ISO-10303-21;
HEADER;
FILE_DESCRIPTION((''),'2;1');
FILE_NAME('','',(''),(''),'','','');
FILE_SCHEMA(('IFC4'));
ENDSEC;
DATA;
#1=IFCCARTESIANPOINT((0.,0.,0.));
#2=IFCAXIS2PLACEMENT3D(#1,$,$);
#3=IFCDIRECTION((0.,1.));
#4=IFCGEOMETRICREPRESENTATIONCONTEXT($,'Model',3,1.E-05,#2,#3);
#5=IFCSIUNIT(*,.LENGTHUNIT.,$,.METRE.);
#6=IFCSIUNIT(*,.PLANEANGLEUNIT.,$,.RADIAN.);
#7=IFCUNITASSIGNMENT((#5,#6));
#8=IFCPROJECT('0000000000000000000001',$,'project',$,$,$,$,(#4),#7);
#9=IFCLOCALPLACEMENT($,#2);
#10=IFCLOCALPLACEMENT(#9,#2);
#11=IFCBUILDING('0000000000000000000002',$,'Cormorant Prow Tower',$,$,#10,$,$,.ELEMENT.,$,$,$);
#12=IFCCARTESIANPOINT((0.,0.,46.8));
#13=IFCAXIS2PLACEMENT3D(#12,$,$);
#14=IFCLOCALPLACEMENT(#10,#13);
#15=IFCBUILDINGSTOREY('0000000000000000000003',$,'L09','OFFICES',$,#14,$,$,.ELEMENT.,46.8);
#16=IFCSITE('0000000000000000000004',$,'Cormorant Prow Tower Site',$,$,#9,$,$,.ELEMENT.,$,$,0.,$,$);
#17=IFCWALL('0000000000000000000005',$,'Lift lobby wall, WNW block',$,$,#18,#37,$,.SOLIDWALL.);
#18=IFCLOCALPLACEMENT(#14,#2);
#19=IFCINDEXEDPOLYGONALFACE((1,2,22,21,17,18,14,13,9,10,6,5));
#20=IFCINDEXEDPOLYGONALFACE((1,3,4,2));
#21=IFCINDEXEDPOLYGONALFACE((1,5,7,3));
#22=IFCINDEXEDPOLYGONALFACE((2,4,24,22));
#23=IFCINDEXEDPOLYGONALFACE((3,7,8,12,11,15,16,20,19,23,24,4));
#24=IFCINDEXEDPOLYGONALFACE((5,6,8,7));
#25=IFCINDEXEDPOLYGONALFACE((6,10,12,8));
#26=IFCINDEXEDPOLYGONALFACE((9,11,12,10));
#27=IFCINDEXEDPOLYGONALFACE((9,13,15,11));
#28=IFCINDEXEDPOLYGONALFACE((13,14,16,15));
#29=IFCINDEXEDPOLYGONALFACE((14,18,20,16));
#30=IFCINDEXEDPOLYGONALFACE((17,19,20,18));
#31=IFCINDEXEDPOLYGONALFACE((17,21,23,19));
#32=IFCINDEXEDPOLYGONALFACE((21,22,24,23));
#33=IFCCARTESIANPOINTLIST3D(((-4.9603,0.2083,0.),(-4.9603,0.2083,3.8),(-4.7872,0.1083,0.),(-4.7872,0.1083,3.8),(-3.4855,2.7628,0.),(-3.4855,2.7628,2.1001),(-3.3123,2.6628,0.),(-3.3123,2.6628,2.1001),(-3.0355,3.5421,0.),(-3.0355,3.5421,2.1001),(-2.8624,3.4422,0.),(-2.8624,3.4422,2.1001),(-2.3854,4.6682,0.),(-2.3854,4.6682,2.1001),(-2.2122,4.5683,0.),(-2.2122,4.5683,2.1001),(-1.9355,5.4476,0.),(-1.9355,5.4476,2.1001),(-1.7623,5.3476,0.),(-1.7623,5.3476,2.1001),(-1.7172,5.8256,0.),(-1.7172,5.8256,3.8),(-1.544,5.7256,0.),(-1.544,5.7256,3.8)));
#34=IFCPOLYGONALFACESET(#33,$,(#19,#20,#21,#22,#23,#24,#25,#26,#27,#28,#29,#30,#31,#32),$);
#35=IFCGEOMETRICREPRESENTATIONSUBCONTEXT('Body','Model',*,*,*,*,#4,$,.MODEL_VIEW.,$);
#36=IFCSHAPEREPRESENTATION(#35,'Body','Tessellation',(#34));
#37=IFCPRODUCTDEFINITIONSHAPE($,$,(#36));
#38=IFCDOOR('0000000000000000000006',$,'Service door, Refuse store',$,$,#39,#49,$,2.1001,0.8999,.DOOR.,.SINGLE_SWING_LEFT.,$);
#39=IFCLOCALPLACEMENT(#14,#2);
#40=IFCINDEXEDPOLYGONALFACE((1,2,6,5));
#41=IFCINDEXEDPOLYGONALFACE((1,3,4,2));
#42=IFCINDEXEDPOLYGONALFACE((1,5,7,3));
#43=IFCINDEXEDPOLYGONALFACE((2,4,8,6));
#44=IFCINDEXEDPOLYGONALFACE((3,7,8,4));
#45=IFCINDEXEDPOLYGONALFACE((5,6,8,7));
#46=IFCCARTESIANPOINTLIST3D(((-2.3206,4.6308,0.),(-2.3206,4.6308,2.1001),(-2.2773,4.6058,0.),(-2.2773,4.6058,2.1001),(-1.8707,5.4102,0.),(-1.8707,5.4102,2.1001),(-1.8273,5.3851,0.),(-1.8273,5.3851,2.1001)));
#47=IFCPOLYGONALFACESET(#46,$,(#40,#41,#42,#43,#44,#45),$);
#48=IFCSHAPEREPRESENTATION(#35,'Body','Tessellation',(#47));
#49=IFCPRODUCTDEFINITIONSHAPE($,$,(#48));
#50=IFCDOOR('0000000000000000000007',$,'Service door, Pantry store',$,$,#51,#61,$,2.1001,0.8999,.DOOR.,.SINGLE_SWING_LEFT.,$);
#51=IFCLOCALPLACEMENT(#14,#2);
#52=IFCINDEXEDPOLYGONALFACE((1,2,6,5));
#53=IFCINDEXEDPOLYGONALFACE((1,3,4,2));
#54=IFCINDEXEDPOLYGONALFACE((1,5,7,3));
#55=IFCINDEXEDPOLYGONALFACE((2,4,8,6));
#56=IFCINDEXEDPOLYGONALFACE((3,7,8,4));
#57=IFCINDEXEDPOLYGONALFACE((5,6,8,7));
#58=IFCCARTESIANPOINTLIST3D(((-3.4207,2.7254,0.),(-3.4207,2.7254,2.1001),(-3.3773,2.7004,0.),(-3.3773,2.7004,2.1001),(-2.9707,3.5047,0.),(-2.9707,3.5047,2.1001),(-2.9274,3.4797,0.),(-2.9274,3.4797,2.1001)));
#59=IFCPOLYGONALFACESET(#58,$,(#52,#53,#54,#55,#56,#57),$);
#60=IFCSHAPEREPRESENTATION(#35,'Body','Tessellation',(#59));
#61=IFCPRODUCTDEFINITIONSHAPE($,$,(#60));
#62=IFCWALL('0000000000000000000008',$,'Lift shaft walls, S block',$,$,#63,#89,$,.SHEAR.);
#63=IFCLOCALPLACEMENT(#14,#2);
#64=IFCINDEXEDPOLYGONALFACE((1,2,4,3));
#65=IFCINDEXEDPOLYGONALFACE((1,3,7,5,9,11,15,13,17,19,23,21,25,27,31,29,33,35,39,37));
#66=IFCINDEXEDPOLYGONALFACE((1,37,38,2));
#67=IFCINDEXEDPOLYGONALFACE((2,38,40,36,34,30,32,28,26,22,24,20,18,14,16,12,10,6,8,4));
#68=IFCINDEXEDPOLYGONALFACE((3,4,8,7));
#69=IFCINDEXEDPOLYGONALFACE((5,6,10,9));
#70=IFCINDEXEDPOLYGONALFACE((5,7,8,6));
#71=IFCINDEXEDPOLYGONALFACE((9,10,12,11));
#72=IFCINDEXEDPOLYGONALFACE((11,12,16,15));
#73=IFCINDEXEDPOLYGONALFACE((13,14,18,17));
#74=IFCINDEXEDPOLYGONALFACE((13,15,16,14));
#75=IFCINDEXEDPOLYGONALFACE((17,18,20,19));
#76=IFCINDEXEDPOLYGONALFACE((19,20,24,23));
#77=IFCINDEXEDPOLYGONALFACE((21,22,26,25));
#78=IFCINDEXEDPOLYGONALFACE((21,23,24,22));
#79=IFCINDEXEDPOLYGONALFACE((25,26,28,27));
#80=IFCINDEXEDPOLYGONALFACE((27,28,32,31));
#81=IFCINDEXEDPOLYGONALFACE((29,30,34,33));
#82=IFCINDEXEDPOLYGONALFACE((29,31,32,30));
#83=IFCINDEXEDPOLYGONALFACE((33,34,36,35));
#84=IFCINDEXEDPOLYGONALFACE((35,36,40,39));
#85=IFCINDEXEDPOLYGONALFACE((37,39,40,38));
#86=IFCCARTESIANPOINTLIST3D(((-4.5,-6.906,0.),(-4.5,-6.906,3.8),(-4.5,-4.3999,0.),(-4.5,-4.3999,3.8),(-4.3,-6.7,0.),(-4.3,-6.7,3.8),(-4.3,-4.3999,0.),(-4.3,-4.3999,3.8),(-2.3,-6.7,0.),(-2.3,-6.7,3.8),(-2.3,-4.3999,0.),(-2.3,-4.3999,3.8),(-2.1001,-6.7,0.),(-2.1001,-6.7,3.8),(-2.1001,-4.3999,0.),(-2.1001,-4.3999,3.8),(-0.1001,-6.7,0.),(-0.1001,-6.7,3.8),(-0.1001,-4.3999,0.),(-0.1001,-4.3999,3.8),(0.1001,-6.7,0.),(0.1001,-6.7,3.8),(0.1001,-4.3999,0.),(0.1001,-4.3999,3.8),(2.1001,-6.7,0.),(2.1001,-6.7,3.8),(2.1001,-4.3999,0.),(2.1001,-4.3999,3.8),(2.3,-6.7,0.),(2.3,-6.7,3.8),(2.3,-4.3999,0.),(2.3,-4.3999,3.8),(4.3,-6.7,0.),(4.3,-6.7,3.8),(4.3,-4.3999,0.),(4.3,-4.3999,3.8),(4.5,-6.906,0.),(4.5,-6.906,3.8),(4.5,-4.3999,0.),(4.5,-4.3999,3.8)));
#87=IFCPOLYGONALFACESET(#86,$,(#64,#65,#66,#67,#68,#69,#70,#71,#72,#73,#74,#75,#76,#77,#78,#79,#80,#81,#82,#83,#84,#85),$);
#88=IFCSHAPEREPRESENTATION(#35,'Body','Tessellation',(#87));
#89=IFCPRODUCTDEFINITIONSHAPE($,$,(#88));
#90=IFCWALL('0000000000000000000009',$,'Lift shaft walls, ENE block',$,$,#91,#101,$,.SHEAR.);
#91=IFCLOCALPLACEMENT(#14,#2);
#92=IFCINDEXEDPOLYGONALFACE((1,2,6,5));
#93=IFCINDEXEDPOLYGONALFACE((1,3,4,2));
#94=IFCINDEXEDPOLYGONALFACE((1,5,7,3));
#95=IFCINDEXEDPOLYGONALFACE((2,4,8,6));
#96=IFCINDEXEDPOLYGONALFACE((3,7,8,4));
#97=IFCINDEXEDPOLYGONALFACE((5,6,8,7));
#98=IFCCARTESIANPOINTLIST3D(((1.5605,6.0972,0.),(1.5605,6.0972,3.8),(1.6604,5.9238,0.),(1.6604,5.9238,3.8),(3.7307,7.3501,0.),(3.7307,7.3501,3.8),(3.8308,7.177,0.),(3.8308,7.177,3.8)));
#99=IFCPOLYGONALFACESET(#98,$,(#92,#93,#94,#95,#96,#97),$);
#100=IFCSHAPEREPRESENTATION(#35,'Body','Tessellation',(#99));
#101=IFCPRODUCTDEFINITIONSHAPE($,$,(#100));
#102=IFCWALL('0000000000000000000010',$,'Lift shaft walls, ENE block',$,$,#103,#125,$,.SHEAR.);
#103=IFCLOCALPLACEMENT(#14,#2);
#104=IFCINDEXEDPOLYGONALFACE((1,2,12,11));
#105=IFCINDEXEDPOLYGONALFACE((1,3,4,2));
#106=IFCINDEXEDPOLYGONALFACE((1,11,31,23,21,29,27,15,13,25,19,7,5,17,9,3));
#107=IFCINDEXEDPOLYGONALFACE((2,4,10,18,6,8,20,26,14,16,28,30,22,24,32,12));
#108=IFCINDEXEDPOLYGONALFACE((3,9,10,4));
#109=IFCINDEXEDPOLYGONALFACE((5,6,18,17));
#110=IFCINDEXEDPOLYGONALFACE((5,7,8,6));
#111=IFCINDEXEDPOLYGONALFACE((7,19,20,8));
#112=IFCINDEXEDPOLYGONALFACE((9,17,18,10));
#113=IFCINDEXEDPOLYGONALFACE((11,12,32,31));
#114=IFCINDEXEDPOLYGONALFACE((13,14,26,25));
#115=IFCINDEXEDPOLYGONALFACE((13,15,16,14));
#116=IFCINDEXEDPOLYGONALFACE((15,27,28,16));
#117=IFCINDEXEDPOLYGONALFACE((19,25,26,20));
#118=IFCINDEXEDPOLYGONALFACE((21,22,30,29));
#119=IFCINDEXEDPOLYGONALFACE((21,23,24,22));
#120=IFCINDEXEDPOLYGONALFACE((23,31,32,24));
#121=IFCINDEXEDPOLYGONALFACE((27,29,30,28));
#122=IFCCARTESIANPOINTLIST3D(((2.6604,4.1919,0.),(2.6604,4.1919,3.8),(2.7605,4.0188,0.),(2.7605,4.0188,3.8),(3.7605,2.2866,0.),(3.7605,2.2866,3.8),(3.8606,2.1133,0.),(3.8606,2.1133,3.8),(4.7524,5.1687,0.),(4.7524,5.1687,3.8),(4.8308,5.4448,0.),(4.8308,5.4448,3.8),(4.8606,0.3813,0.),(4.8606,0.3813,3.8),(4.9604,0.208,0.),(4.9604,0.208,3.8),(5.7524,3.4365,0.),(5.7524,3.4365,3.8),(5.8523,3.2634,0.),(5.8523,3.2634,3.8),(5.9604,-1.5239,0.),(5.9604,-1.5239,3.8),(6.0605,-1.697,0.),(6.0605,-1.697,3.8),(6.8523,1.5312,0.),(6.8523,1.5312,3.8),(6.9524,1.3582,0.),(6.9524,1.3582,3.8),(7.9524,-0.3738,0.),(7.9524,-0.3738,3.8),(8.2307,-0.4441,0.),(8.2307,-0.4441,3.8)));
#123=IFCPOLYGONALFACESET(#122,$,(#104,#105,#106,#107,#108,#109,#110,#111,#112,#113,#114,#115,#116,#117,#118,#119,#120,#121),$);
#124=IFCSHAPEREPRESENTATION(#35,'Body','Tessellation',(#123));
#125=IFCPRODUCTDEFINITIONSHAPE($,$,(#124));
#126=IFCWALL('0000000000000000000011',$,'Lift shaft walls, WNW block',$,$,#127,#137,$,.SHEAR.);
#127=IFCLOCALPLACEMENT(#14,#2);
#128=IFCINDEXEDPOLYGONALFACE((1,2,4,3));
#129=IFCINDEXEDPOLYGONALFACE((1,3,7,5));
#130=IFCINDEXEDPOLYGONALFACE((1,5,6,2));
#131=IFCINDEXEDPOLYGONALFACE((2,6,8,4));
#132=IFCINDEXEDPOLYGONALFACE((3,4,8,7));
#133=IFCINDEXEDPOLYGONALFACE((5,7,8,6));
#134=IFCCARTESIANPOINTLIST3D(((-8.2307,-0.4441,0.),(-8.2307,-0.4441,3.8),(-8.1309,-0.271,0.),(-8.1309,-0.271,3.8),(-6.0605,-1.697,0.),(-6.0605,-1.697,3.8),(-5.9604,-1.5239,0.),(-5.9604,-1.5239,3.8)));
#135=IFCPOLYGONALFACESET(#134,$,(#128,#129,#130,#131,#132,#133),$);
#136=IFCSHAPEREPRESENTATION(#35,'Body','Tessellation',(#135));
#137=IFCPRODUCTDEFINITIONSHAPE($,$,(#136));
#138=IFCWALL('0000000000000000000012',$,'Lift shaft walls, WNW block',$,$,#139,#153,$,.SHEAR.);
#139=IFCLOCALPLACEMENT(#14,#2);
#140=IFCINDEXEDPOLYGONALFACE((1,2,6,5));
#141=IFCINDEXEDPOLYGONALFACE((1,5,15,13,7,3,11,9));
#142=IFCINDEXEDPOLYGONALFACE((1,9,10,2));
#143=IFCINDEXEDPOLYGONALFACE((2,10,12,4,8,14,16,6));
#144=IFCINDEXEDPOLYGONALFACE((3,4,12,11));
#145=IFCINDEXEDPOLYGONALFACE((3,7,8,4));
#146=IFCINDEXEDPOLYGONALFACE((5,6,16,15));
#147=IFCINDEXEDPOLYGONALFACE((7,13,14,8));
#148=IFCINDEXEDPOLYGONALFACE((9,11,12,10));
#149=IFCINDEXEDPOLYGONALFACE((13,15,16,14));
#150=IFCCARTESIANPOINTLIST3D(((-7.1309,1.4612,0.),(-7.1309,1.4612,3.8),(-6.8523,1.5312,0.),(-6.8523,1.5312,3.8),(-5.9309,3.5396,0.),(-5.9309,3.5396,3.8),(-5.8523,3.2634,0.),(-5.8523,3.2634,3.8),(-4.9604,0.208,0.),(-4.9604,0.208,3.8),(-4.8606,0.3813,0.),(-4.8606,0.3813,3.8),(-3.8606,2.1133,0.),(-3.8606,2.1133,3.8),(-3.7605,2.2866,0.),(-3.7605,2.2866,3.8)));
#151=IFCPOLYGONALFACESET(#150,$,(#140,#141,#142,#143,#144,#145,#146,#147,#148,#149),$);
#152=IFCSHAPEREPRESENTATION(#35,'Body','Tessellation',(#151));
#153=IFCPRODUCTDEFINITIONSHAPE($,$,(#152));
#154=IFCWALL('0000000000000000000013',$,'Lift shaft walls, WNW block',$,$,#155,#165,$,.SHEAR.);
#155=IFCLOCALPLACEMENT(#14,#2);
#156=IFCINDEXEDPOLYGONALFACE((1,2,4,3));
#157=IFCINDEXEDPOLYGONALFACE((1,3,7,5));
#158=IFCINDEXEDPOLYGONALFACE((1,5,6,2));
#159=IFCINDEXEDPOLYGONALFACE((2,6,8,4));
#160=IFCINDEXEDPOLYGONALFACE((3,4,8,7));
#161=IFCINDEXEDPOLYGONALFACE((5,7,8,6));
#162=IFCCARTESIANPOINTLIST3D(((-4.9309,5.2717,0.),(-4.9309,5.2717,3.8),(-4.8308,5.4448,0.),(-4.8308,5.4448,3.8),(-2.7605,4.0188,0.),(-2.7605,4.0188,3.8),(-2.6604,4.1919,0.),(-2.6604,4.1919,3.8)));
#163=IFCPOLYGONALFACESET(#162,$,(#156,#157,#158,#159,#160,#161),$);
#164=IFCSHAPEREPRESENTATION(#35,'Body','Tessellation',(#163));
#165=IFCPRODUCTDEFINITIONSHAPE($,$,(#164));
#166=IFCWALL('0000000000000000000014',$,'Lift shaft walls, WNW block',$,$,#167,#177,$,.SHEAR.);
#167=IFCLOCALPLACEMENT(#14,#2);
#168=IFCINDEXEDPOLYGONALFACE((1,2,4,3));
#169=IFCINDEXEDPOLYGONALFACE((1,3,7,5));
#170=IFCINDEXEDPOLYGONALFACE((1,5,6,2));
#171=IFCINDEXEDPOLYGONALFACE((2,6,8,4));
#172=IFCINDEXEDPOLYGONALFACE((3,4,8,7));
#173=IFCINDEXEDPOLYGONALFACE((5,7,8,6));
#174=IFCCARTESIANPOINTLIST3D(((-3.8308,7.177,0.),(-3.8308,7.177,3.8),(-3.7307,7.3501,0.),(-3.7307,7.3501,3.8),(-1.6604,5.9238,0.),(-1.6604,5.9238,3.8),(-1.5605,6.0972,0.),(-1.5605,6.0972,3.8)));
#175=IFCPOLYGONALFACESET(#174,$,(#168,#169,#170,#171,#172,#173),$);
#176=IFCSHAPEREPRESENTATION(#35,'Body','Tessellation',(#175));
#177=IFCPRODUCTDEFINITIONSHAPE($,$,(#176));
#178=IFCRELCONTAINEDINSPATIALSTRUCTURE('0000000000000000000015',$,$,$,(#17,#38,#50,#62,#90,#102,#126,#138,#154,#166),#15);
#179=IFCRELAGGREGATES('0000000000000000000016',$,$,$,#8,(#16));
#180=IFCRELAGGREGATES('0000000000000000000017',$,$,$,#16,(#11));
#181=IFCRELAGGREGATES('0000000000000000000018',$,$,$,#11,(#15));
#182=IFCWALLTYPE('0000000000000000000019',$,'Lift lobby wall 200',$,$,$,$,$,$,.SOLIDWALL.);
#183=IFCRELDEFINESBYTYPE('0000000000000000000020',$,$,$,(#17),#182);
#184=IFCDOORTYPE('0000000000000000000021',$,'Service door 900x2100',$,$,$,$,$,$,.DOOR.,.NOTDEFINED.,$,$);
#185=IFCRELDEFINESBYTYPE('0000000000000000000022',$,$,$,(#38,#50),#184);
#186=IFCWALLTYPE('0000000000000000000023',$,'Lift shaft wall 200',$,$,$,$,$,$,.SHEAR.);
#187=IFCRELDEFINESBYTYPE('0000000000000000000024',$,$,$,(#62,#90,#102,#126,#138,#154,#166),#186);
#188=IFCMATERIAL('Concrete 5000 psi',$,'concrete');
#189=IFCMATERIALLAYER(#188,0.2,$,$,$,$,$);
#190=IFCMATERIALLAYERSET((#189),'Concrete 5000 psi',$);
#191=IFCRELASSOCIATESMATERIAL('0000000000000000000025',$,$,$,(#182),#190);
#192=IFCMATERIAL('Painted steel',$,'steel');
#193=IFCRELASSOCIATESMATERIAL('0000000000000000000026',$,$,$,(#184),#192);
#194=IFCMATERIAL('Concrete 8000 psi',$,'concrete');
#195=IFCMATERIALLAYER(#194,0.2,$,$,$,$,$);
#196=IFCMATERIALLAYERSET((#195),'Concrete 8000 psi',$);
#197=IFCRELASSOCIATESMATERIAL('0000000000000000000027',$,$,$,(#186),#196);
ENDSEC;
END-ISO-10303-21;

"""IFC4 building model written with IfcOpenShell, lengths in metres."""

from ifc_helpers import new_model, si_unit, direction, frame, frame_2d, origin, place, context, subcontext, project, spatial, polyline, rectangle, outline, extrude, material, layer, layer_set, type_object, element, fill, save


model = new_model("IFC4")

# Units and contexts
model_context = context("Model", 3, precision=1e-05, world=origin(), true_north=direction((0.0, 1.0)))
body_context = subcontext(model_context, "Body", "Model", "MODEL_VIEW")
ifc_project = project(units=[si_unit("LENGTHUNIT", "METRE"), si_unit("PLANEANGLEUNIT", "RADIAN")], contexts=[model_context])

# Site, building, storey
site_placement = place(None, origin())
site = spatial("IfcSite", under=ifc_project, at=site_placement, Name="Cormorant Prow Tower Site", CompositionType="ELEMENT", RefElevation=0.0)
building_placement = place(site_placement, origin())
building = spatial("IfcBuilding", under=site, at=building_placement, Name="Cormorant Prow Tower", CompositionType="ELEMENT")
storey_placement = place(building_placement, frame((0.0, 0.0, 46.8)))
storey = spatial("IfcBuildingStorey", under=building, at=storey_placement, Name="L09", Description="OFFICES", CompositionType="ELEMENT", Elevation=46.8)

# Wall, openings, doors
ifc_material_1 = material(Name="Concrete 5000 psi", Category="concrete")
ifc_layer_1 = layer(ifc_material_1, 0.2)
ifc_layer_set_1 = layer_set([ifc_layer_1], Name="Concrete 5000 psi")
wall_type_1 = type_object("IfcWallType", Name="Lift lobby wall 200", PredefinedType="SOLIDWALL", material=ifc_layer_set_1)
wall_1_placement = place(storey_placement, frame((-1.6306, 5.7756, 0.0), z_axis=(0.0, 0.0, 1.0), x_axis=(-0.499993, -0.86603, 0.0)))
wall_1 = element("IfcWall", 1, at=wall_1_placement, inside=storey, type_object=wall_type_1, Name="Lift lobby wall, WNW block", PredefinedType="SOLIDWALL", context=body_context, shape_type="SweptSolid", body=[
    extrude(rectangle(XDim=6.4863, YDim=0.2, at=frame_2d((3.2432, 0.0))), origin(), (0.0, 0.0, 1.0), 3.8),
])
opening_1_placement = place(wall_1_placement, frame((0.4365, 0.0, 0.0)))
opening_1 = element("IfcOpeningElement", 2, at=opening_1_placement, cuts=wall_1, PredefinedType="OPENING", context=body_context, shape_type="SweptSolid", body=[
    extrude(rectangle(XDim=0.8999, YDim=2.1001, at=frame_2d((0.45, 1.05))), frame((0.0, 0.1099, 0.0), z_axis=(0.0, -1.0, 0.0), x_axis=(1.0, 0.0, 0.0)), (0.0, 0.0, 1.0), 0.22),
])
opening_2_placement = place(wall_1_placement, frame((2.6367, 0.0, 0.0)))
opening_2 = element("IfcOpeningElement", 3, at=opening_2_placement, cuts=wall_1, PredefinedType="OPENING", context=body_context, shape_type="SweptSolid", body=[
    extrude(rectangle(XDim=0.8999, YDim=2.1001, at=frame_2d((0.45, 1.05))), frame((0.0, 0.1099, 0.0), z_axis=(0.0, -1.0, 0.0), x_axis=(1.0, 0.0, 0.0)), (0.0, 0.0, 1.0), 0.22),
])
ifc_material_2 = material(Name="Painted steel", Category="steel")
door_type_1 = type_object("IfcDoorType", Name="Service door 900x2100", OperationType="NOTDEFINED", PredefinedType="DOOR", material=ifc_material_2)
door_1_placement = place(opening_1_placement, origin())
door_1 = element("IfcDoor", 4, at=door_1_placement, inside=storey, type_object=door_type_1, Name="Service door, Refuse store", OperationType="SINGLE_SWING_LEFT", OverallHeight=2.1001, OverallWidth=0.8999, PredefinedType="DOOR", context=body_context, shape_type="SweptSolid", body=[
    extrude(rectangle(XDim=0.8999, YDim=2.1001, at=frame_2d((0.45, 1.05))), frame((0.0, 0.0249, 0.0), z_axis=(0.0, -1.0, 0.0), x_axis=(1.0, 0.0, 0.0)), (0.0, 0.0, 1.0), 0.05),
])
fill(opening_1, door_1)
door_2_placement = place(opening_2_placement, origin())
door_2 = element("IfcDoor", 5, at=door_2_placement, inside=storey, type_object=door_type_1, Name="Service door, Pantry store", OperationType="SINGLE_SWING_LEFT", OverallHeight=2.1001, OverallWidth=0.8999, PredefinedType="DOOR", context=body_context, shape_type="SweptSolid", body=[
    extrude(rectangle(XDim=0.8999, YDim=2.1001, at=frame_2d((0.45, 1.05))), frame((0.0, 0.0249, 0.0), z_axis=(0.0, -1.0, 0.0), x_axis=(1.0, 0.0, 0.0)), (0.0, 0.0, 1.0), 0.05),
])
fill(opening_2, door_2)

# Walls
ifc_material_3 = material(Name="Concrete 8000 psi", Category="concrete")
ifc_layer_2 = layer(ifc_material_3, 0.2)
ifc_layer_set_2 = layer_set([ifc_layer_2], Name="Concrete 8000 psi")
wall_type_2 = type_object("IfcWallType", Name="Lift shaft wall 200", PredefinedType="SHEAR", material=ifc_layer_set_2)
wall_2_placement = place(storey_placement, origin())
element("IfcWall", 6, at=wall_2_placement, inside=storey, type_object=wall_type_2, Name="Lift shaft walls, S block", PredefinedType="SHEAR", context=body_context, shape_type="SweptSolid", body=[
    extrude(outline(polyline([(4.5, -4.3999), (4.5, -6.906), (-4.5, -6.906), (-4.5, -4.3999), (-4.3, -4.3999), (-4.3, -6.7), (-2.3, -6.7), (-2.3, -4.3999), (-2.1001, -4.3999), (-2.1001, -6.7), (-0.1001, -6.7), (-0.1001, -4.3999), (0.1001, -4.3999), (0.1001, -6.7), (2.1001, -6.7), (2.1001, -4.3999), (2.3, -4.3999), (2.3, -6.7), (4.3, -6.7), (4.3, -4.3999), (4.5, -4.3999)])), origin(), (0.0, 0.0, 1.0), 3.8),
])
wall_3_placement = place(storey_placement, origin())
element("IfcWall", 7, at=wall_3_placement, inside=storey, type_object=wall_type_2, Name="Lift shaft walls, ENE block", PredefinedType="SHEAR", context=body_context, shape_type="SweptSolid", body=[
    extrude(outline(polyline([(1.5605, 6.0972), (3.7307, 7.3501), (3.8308, 7.177), (1.6604, 5.9238), (1.5605, 6.0972)])), origin(), (0.0, 0.0, 1.0), 3.8),
])
wall_4_placement = place(storey_placement, origin())
element("IfcWall", 8, at=wall_4_placement, inside=storey, type_object=wall_type_2, Name="Lift shaft walls, ENE block", PredefinedType="SHEAR", context=body_context, shape_type="SweptSolid", body=[
    extrude(outline(polyline([(2.6604, 4.1919), (4.8308, 5.4448), (8.2307, -0.4441), (6.0605, -1.697), (5.9604, -1.5239), (7.9524, -0.3738), (6.9524, 1.3582), (4.9604, 0.208), (4.8606, 0.3813), (6.8523, 1.5312), (5.8523, 3.2634), (3.8606, 2.1133), (3.7605, 2.2866), (5.7524, 3.4365), (4.7524, 5.1687), (2.7605, 4.0188), (2.6604, 4.1919)])), origin(), (0.0, 0.0, 1.0), 3.8),
])
wall_5_placement = place(storey_placement, origin())
element("IfcWall", 9, at=wall_5_placement, inside=storey, type_object=wall_type_2, Name="Lift shaft walls, WNW block", PredefinedType="SHEAR", context=body_context, shape_type="SweptSolid", body=[
    extrude(outline(polyline([(-6.0605, -1.697), (-8.2307, -0.4441), (-8.1309, -0.271), (-5.9604, -1.5239), (-6.0605, -1.697)])), origin(), (0.0, 0.0, 1.0), 3.8),
])
wall_6_placement = place(storey_placement, origin())
element("IfcWall", 10, at=wall_6_placement, inside=storey, type_object=wall_type_2, Name="Lift shaft walls, WNW block", PredefinedType="SHEAR", context=body_context, shape_type="SweptSolid", body=[
    extrude(outline(polyline([(-4.9604, 0.208), (-7.1309, 1.4612), (-5.9309, 3.5396), (-3.7605, 2.2866), (-3.8606, 2.1133), (-5.8523, 3.2634), (-6.8523, 1.5312), (-4.8606, 0.3813), (-4.9604, 0.208)])), origin(), (0.0, 0.0, 1.0), 3.8),
])
wall_7_placement = place(storey_placement, origin())
element("IfcWall", 11, at=wall_7_placement, inside=storey, type_object=wall_type_2, Name="Lift shaft walls, WNW block", PredefinedType="SHEAR", context=body_context, shape_type="SweptSolid", body=[
    extrude(outline(polyline([(-2.7605, 4.0188), (-4.9309, 5.2717), (-4.8308, 5.4448), (-2.6604, 4.1919), (-2.7605, 4.0188)])), origin(), (0.0, 0.0, 1.0), 3.8),
])
wall_8_placement = place(storey_placement, origin())
element("IfcWall", 12, at=wall_8_placement, inside=storey, type_object=wall_type_2, Name="Lift shaft walls, WNW block", PredefinedType="SHEAR", context=body_context, shape_type="SweptSolid", body=[
    extrude(outline(polyline([(-3.7307, 7.3501), (-1.5605, 6.0972), (-1.6604, 5.9238), (-3.8308, 7.177), (-3.7307, 7.3501)])), origin(), (0.0, 0.0, 1.0), 3.8),
])

save(model, "model.ifc")
